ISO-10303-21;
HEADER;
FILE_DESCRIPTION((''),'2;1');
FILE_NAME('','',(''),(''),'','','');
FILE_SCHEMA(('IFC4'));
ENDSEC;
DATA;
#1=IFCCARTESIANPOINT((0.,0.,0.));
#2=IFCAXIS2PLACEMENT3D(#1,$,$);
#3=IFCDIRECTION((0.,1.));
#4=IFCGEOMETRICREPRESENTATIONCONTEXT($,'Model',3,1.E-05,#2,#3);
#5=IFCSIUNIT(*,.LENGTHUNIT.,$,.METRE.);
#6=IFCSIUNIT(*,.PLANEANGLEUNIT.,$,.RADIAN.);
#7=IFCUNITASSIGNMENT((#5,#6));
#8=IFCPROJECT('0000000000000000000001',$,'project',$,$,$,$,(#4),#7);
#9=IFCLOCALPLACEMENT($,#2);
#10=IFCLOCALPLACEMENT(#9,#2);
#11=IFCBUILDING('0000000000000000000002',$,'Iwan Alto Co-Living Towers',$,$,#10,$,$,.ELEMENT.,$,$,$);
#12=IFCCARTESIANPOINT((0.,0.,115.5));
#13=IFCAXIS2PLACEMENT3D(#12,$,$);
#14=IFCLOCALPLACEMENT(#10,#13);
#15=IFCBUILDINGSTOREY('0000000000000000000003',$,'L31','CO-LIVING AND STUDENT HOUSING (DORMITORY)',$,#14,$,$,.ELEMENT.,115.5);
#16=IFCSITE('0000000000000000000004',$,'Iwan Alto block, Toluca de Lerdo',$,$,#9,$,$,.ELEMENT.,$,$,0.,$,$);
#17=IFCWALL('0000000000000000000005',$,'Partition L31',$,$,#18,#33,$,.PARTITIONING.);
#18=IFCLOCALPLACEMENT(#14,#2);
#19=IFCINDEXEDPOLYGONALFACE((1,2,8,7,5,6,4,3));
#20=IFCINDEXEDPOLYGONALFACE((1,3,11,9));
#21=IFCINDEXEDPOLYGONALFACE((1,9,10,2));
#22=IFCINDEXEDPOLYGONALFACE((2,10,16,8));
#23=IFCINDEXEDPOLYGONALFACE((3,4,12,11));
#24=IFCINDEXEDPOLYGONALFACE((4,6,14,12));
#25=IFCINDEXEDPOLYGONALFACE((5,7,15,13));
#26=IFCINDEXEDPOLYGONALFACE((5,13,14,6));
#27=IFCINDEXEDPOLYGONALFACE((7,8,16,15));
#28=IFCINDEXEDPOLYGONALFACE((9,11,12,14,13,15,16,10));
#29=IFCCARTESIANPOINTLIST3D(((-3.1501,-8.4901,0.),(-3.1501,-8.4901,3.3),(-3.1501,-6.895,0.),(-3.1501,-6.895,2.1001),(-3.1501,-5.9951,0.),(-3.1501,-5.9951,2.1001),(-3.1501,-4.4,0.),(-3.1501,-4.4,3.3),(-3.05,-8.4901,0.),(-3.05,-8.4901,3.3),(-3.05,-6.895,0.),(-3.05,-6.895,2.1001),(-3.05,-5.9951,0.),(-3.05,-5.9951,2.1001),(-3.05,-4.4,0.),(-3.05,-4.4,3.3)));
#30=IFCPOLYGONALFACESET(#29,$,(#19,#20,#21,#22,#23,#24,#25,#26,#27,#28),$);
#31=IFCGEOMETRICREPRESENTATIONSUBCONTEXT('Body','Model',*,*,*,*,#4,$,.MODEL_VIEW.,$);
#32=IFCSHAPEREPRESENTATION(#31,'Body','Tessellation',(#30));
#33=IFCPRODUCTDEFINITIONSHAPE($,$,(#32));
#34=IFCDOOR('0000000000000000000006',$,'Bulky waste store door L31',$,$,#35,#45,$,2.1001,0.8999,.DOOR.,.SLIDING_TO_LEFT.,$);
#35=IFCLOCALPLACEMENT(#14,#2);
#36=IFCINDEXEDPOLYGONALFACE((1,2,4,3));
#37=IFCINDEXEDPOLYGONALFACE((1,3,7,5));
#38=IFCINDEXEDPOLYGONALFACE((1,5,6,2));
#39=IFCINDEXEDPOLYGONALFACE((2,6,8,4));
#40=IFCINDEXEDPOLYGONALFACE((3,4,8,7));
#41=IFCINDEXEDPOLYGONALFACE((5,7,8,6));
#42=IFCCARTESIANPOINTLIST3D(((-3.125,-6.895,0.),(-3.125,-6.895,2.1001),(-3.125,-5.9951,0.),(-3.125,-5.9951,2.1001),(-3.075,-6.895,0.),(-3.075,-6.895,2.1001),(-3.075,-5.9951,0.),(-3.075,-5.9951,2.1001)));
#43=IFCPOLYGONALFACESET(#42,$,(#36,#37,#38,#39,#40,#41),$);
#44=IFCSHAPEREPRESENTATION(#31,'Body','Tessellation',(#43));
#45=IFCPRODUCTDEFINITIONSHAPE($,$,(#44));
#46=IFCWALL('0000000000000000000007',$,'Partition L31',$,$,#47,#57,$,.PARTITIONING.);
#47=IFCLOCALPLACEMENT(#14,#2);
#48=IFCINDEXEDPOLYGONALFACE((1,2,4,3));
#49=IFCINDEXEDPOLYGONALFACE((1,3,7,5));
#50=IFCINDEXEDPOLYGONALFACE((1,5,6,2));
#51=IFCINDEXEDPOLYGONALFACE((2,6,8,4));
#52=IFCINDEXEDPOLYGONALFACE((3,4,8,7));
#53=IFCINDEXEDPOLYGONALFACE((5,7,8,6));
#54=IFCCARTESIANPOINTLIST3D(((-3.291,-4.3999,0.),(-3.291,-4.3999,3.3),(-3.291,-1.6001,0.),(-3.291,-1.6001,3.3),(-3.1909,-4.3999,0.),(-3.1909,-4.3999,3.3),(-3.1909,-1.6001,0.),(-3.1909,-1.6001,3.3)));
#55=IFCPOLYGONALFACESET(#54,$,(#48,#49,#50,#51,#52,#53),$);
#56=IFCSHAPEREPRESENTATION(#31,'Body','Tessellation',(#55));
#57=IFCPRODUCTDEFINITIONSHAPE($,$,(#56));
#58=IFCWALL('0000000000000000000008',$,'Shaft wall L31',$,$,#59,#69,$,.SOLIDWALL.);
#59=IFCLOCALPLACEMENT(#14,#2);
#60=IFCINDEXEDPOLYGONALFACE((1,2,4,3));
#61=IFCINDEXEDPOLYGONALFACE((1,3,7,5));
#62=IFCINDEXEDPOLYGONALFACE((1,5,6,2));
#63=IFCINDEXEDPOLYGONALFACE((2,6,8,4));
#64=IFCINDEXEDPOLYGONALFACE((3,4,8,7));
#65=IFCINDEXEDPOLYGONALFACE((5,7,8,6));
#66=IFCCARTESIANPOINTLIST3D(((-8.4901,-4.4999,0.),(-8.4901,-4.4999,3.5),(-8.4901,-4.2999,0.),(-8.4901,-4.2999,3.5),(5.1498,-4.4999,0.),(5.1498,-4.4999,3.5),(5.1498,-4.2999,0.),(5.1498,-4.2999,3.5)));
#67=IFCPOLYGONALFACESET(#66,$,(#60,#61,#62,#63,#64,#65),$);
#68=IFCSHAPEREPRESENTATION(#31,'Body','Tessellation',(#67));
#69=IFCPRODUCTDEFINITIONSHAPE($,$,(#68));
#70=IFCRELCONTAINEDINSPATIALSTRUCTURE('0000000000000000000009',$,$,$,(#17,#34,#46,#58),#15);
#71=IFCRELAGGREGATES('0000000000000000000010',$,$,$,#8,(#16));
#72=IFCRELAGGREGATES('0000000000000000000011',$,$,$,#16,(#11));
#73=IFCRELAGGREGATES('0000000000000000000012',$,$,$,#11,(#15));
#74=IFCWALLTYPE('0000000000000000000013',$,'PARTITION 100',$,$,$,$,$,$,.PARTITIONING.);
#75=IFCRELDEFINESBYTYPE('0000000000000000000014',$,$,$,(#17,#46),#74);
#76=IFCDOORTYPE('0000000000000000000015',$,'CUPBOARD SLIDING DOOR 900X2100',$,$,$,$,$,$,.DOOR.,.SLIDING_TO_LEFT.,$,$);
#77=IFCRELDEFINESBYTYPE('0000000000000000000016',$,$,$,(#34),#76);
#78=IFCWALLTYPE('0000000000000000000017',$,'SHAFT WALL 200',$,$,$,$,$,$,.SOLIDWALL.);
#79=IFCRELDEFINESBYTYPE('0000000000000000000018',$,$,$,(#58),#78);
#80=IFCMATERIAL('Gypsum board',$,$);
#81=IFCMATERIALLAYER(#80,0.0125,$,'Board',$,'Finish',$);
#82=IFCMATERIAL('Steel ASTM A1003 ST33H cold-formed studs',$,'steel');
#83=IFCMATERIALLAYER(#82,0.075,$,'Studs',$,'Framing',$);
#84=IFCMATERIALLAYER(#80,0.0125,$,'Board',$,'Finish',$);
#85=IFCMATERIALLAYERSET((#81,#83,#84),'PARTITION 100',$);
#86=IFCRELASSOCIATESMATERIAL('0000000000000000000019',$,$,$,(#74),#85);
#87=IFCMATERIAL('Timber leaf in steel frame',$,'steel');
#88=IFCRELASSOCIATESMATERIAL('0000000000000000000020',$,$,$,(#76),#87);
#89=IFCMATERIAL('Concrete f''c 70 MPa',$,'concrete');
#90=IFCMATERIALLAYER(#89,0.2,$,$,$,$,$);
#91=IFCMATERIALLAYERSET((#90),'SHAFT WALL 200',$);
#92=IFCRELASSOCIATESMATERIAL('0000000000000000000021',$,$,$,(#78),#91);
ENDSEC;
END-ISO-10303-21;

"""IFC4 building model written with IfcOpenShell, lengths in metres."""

from ifc_helpers import new_model, si_unit, direction, frame, frame_2d, origin, place, context, subcontext, project, spatial, rectangle, extrude, material, layer, layer_set, type_object, element, fill, save


model = new_model("IFC4")

# Units and contexts
model_context = context("Model", 3, precision=1e-05, world=origin(), true_north=direction((0.0, 1.0)))
body_context = subcontext(model_context, "Body", "Model", "MODEL_VIEW")
ifc_project = project(units=[si_unit("LENGTHUNIT", "METRE"), si_unit("PLANEANGLEUNIT", "RADIAN")], contexts=[model_context])

# Site, building, storey
site_placement = place(None, origin())
site = spatial("IfcSite", under=ifc_project, at=site_placement, Name="Iwan Alto block, Toluca de Lerdo", CompositionType="ELEMENT", RefElevation=0.0)
building_placement = place(site_placement, origin())
building = spatial("IfcBuilding", under=site, at=building_placement, Name="Iwan Alto Co-Living Towers", CompositionType="ELEMENT")
storey_placement = place(building_placement, frame((0.0, 0.0, 115.5)))
storey = spatial("IfcBuildingStorey", under=building, at=storey_placement, Name="L31", Description="CO-LIVING AND STUDENT HOUSING (DORMITORY)", CompositionType="ELEMENT", Elevation=115.5)

# Wall, opening, door
ifc_material_1 = material(Name="Gypsum board")
ifc_layer_1 = layer(ifc_material_1, 0.0125, Name="Board", Category="Finish")
ifc_material_2 = material(Name="Steel ASTM A1003 ST33H cold-formed studs", Category="steel")
ifc_layer_2 = layer(ifc_material_2, 0.075, Name="Studs", Category="Framing")
ifc_layer_3 = layer(ifc_material_1, 0.0125, Name="Board", Category="Finish")
ifc_layer_set_1 = layer_set([ifc_layer_1, ifc_layer_2, ifc_layer_3], Name="PARTITION 100")
wall_type_1 = type_object("IfcWallType", Name="PARTITION 100", PredefinedType="PARTITIONING", material=ifc_layer_set_1)
wall_1_placement = place(storey_placement, frame((-3.1001, -8.49, 0.0), z_axis=(0.0, 0.0, 1.0), x_axis=(0.0, 1.0, 0.0)))
wall_1 = element("IfcWall", 1, at=wall_1_placement, inside=storey, type_object=wall_type_1, Name="Partition L31", PredefinedType="PARTITIONING", context=body_context, shape_type="SweptSolid", body=[
    extrude(rectangle(XDim=4.0901, YDim=0.1001, at=frame_2d((2.0449, 0.0))), origin(), (0.0, 0.0, 1.0), 3.3),
])
opening_1_placement = place(wall_1_placement, frame((1.595, 0.0, 0.0)))
opening_1 = element("IfcOpeningElement", 2, at=opening_1_placement, cuts=wall_1, PredefinedType="OPENING", context=body_context, shape_type="SweptSolid", body=[
    extrude(rectangle(XDim=0.8999, YDim=2.1001, at=frame_2d((0.45, 1.05))), frame((0.0, 0.0601, 0.0), z_axis=(0.0, -1.0, 0.0), x_axis=(1.0, 0.0, 0.0)), (0.0, 0.0, 1.0), 0.1201),
])
ifc_material_3 = material(Name="Timber leaf in steel frame", Category="steel")
door_type_1 = type_object("IfcDoorType", Name="CUPBOARD SLIDING DOOR 900X2100", OperationType="SLIDING_TO_LEFT", PredefinedType="DOOR", material=ifc_material_3)
door_1_placement = place(opening_1_placement, origin())
door_1 = element("IfcDoor", 3, at=door_1_placement, inside=storey, type_object=door_type_1, Name="Bulky waste store door L31", OperationType="SLIDING_TO_LEFT", OverallHeight=2.1001, OverallWidth=0.8999, PredefinedType="DOOR", context=body_context, shape_type="SweptSolid", body=[
    extrude(rectangle(XDim=0.8999, YDim=2.1001, at=frame_2d((0.45, 1.05))), frame((0.0, 0.0249, 0.0), z_axis=(0.0, -1.0, 0.0), x_axis=(1.0, 0.0, 0.0)), (0.0, 0.0, 1.0), 0.05),
])
fill(opening_1, door_1)

# Walls
wall_2_placement = place(storey_placement, frame((-3.241, -4.3999, 0.0), z_axis=(0.0, 0.0, 1.0), x_axis=(0.0, 1.0, 0.0)))
element("IfcWall", 4, at=wall_2_placement, inside=storey, type_object=wall_type_1, Name="Partition L31", PredefinedType="PARTITIONING", context=body_context, shape_type="SweptSolid", body=[
    extrude(rectangle(XDim=2.7998, YDim=0.1001, at=frame_2d((1.3999, 0.0))), origin(), (0.0, 0.0, 1.0), 3.3),
])
ifc_material_4 = material(Name="Concrete f'c 70 MPa", Category="concrete")
ifc_layer_4 = layer(ifc_material_4, 0.2)
ifc_layer_set_2 = layer_set([ifc_layer_4], Name="SHAFT WALL 200")
wall_type_2 = type_object("IfcWallType", Name="SHAFT WALL 200", PredefinedType="SOLIDWALL", material=ifc_layer_set_2)
wall_3_placement = place(storey_placement, frame((-8.49, -4.3999, 0.0), z_axis=(0.0, 0.0, 1.0), x_axis=(1.0, 0.0, 0.0)))
element("IfcWall", 5, at=wall_3_placement, inside=storey, type_object=wall_type_2, Name="Shaft wall L31", PredefinedType="SOLIDWALL", context=body_context, shape_type="SweptSolid", body=[
    extrude(rectangle(XDim=13.6399, YDim=0.2, at=frame_2d((6.8198, 0.0))), origin(), (0.0, 0.0, 1.0), 3.5),
])

save(model, "model.ifc")
